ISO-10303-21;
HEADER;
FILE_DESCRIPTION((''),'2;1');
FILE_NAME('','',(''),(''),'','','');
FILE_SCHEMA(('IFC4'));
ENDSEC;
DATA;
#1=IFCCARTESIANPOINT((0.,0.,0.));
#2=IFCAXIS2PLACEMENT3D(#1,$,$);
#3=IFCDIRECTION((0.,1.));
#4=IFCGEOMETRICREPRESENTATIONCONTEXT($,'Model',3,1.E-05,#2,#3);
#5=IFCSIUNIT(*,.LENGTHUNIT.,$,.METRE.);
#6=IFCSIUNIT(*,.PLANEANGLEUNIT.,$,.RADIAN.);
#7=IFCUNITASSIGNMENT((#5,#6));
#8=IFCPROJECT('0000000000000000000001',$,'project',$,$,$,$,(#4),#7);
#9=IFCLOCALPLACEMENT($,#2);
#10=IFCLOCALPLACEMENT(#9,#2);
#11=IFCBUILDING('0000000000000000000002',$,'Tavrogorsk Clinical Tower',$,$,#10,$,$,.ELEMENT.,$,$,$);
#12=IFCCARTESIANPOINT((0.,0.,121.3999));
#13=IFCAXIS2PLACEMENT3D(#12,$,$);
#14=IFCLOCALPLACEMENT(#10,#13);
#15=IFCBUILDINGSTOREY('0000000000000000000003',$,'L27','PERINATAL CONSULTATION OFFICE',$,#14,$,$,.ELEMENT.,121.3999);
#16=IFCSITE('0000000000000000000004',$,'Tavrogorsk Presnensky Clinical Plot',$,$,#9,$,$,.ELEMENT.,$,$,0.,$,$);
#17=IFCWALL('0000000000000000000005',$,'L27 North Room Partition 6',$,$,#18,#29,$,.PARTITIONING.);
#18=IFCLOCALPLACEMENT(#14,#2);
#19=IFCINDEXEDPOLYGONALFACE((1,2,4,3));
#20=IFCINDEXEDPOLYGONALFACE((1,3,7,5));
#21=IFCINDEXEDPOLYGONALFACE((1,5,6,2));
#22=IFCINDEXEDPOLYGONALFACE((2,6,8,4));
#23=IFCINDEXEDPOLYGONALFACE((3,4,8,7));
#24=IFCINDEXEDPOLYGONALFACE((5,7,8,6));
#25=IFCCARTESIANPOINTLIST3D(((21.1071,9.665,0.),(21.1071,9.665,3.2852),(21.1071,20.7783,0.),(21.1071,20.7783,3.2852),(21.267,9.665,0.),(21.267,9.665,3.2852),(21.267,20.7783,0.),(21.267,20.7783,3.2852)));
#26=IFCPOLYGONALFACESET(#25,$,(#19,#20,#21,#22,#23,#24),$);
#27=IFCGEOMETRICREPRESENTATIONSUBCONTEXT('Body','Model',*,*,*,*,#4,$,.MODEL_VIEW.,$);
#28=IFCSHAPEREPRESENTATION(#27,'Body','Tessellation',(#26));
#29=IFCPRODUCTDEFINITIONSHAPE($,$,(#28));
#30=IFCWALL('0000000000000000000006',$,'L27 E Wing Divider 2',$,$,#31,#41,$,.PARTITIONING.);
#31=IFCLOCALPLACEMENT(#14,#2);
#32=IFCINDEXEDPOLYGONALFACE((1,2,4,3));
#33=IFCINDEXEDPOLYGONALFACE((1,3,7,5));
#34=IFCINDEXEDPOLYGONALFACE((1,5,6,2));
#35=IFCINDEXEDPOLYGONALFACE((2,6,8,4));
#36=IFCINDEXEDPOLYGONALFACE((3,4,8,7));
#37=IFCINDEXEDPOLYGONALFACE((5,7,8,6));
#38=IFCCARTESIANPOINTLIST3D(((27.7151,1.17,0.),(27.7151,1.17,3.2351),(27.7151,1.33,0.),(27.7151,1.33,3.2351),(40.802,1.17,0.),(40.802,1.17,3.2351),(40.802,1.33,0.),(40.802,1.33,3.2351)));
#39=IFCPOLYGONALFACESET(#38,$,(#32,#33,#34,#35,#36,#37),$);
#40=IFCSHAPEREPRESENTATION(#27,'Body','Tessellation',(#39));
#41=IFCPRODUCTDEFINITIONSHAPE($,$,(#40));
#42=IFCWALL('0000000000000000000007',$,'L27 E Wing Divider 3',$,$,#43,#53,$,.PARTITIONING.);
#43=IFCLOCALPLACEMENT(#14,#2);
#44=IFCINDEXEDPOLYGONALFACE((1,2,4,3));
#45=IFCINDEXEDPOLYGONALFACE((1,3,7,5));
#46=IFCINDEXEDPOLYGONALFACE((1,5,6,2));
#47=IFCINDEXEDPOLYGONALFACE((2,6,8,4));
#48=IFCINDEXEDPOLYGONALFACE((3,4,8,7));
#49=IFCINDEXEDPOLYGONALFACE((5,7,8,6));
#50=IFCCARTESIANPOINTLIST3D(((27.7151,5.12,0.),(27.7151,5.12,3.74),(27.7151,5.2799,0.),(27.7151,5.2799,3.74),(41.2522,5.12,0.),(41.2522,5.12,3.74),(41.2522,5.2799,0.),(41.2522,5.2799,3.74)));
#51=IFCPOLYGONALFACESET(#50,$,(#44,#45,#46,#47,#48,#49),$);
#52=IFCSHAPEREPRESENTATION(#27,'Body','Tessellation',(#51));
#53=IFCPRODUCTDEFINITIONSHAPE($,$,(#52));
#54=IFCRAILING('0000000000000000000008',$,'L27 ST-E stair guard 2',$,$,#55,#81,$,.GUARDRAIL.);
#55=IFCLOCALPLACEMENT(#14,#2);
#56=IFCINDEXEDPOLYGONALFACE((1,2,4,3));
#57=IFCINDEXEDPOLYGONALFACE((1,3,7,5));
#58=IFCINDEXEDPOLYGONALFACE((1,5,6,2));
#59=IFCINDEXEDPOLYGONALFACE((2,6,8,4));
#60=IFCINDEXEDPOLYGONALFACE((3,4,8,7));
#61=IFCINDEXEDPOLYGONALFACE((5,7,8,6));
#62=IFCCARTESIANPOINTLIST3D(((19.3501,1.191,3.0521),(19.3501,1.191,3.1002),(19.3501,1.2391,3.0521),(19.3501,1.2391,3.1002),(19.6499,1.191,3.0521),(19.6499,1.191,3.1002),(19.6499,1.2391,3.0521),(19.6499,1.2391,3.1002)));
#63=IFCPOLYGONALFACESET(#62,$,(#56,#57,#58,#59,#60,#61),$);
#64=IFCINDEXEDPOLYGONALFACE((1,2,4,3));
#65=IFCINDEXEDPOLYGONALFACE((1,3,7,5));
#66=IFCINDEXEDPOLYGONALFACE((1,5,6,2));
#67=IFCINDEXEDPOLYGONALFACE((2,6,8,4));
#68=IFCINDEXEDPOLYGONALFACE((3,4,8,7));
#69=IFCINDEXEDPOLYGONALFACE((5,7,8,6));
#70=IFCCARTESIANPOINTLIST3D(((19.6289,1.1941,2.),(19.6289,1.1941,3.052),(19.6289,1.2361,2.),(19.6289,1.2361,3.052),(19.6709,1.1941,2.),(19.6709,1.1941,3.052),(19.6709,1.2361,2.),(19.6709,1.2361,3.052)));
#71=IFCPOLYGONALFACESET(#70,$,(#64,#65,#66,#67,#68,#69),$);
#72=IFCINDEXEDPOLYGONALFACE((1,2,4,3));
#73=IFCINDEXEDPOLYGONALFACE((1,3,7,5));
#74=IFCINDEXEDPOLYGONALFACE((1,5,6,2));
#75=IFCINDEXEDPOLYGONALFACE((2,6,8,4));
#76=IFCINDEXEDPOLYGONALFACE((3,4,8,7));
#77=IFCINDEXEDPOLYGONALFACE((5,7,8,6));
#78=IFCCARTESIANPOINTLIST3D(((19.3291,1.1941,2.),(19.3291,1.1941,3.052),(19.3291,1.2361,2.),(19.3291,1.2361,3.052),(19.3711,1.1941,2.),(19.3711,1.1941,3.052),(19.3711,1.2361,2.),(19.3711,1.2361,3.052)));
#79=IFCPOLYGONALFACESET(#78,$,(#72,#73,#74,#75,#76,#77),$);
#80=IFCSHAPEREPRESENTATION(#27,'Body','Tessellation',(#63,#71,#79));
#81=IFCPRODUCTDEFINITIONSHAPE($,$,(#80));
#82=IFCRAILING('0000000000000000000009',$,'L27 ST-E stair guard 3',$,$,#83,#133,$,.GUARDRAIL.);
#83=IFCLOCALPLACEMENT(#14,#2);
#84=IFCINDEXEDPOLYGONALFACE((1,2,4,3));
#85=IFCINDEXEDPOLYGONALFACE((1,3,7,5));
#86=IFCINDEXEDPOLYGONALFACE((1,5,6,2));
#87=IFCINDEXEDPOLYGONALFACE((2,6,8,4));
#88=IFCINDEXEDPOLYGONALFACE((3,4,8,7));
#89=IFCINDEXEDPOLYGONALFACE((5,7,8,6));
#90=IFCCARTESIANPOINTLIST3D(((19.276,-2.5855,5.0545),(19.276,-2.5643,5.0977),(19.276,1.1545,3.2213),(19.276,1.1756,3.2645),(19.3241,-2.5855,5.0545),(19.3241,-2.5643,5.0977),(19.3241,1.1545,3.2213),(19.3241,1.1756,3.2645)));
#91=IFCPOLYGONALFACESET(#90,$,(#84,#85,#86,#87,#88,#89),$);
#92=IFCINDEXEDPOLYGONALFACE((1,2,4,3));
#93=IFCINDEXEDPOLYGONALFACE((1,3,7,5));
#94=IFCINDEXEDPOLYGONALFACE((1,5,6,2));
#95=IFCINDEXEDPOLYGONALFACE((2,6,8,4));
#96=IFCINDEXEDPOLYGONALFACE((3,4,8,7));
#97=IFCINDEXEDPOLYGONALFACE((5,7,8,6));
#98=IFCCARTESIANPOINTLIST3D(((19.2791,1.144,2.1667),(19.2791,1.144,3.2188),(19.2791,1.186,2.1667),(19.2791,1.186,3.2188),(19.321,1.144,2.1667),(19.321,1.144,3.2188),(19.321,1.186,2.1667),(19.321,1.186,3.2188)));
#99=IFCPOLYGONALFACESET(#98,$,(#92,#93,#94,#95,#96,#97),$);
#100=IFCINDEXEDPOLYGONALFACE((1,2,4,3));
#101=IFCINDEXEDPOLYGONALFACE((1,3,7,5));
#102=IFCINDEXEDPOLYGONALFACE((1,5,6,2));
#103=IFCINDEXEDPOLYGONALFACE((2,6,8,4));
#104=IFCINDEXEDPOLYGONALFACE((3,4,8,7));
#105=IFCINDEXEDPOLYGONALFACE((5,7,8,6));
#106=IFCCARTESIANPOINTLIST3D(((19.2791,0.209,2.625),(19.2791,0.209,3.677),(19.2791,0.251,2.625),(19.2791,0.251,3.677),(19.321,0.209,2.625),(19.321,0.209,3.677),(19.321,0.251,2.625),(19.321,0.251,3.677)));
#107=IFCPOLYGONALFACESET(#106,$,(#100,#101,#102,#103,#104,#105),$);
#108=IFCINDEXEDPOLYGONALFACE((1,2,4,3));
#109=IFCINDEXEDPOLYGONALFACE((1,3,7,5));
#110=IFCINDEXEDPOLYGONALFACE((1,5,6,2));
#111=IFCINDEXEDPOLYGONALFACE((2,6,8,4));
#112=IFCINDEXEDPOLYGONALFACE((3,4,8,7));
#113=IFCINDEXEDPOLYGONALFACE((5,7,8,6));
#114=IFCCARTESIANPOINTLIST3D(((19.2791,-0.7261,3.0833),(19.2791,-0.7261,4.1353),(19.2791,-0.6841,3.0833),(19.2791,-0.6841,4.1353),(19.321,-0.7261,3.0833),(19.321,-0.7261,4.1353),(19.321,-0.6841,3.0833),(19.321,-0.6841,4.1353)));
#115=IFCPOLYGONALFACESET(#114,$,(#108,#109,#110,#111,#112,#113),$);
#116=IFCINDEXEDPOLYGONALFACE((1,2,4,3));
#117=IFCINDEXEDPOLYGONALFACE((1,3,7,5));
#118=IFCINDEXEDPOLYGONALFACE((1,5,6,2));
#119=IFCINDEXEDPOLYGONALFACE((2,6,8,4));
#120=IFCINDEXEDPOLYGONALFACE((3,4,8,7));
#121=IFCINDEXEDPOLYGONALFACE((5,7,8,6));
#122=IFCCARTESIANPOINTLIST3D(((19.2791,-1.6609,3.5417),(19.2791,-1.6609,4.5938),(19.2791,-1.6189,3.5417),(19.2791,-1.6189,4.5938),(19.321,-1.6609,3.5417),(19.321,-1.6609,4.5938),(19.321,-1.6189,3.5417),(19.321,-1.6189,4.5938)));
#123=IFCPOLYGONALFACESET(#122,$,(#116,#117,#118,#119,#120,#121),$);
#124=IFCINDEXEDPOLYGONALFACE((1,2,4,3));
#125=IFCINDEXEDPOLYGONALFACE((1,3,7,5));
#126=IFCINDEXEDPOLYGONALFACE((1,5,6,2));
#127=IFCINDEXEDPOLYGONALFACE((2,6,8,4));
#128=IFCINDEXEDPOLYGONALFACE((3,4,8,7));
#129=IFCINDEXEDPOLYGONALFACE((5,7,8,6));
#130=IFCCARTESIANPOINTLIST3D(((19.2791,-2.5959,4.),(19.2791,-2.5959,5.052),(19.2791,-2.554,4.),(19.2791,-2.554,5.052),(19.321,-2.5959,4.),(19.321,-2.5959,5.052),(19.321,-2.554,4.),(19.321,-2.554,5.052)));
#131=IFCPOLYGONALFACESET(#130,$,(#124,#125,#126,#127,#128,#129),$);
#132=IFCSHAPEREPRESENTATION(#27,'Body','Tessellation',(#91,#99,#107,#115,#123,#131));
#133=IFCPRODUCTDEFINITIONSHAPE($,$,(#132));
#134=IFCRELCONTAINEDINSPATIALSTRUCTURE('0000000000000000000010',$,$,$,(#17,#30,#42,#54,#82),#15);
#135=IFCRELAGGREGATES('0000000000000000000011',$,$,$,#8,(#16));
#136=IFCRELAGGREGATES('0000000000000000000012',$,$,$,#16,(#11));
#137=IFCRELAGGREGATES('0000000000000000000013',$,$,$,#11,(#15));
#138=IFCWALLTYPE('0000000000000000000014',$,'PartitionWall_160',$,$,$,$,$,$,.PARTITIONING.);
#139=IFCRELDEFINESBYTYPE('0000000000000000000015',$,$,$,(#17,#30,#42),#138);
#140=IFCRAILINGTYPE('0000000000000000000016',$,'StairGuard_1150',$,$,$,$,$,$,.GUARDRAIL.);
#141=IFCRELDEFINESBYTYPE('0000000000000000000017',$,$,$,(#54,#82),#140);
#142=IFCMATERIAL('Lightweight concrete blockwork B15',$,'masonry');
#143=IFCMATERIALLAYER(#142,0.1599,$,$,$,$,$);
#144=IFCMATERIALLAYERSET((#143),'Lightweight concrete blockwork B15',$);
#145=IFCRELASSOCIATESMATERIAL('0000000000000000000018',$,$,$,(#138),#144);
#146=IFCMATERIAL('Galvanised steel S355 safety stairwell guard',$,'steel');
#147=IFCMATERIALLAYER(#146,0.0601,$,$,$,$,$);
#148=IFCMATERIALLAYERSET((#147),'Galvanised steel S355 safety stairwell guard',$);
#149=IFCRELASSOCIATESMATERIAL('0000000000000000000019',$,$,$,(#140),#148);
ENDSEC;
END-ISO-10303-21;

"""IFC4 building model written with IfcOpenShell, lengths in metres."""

from ifc_helpers import new_model, si_unit, direction, frame, frame_2d, origin, origin_2d, place, context, subcontext, project, spatial, rectangle, extrude, material, layer, layer_set, type_object, element, save


model = new_model("IFC4")

# Units and contexts
model_context = context("Model", 3, precision=1e-05, world=origin(), true_north=direction((0.0, 1.0)))
body_context = subcontext(model_context, "Body", "Model", "MODEL_VIEW")
ifc_project = project(units=[si_unit("LENGTHUNIT", "METRE"), si_unit("PLANEANGLEUNIT", "RADIAN")], contexts=[model_context])

# Site, building, storey
site_placement = place(None, origin())
site = spatial("IfcSite", under=ifc_project, at=site_placement, Name="Tavrogorsk Presnensky Clinical Plot", CompositionType="ELEMENT", RefElevation=0.0)
building_placement = place(site_placement, origin())
building = spatial("IfcBuilding", under=site, at=building_placement, Name="Tavrogorsk Clinical Tower", CompositionType="ELEMENT")
storey_placement = place(building_placement, frame((0.0, 0.0, 121.3999)))
storey = spatial("IfcBuildingStorey", under=building, at=storey_placement, Name="L27", Description="PERINATAL CONSULTATION OFFICE", CompositionType="ELEMENT", Elevation=121.3999)

# Shared definitions
ifc_material_1 = material(Name="Lightweight concrete blockwork B15", Category="masonry")
ifc_layer_1 = layer(ifc_material_1, 0.1599)
ifc_layer_set_1 = layer_set([ifc_layer_1], Name="Lightweight concrete blockwork B15")
wall_type = type_object("IfcWallType", Name="PartitionWall_160", PredefinedType="PARTITIONING", material=ifc_layer_set_1)

# Walls
wall_1_placement = place(storey_placement, frame((21.187, 9.665, 0.0), z_axis=(0.0, 0.0, 1.0), x_axis=(0.0, 1.0, 0.0)))
element("IfcWall", 1, at=wall_1_placement, inside=storey, type_object=wall_type, Name="L27 North Room Partition 6", PredefinedType="PARTITIONING", context=body_context, shape_type="SweptSolid", body=[
    extrude(rectangle(XDim=11.1133, YDim=0.1599, at=frame_2d((5.5566, 0.0))), origin(), (0.0, 0.0, 1.0), 3.2852),
])
wall_2_placement = place(storey_placement, frame((27.7151, 1.25, 0.0), z_axis=(0.0, 0.0, 1.0), x_axis=(1.0, 0.0, 0.0)))
element("IfcWall", 2, at=wall_2_placement, inside=storey, type_object=wall_type, Name="L27 E Wing Divider 2", PredefinedType="PARTITIONING", context=body_context, shape_type="SweptSolid", body=[
    extrude(rectangle(XDim=13.0869, YDim=0.1599, at=frame_2d((6.5435, 0.0))), origin(), (0.0, 0.0, 1.0), 3.2351),
])
wall_3_placement = place(storey_placement, frame((27.7151, 5.2, 0.0), z_axis=(0.0, 0.0, 1.0), x_axis=(1.0, 0.0, 0.0)))
element("IfcWall", 3, at=wall_3_placement, inside=storey, type_object=wall_type, Name="L27 E Wing Divider 3", PredefinedType="PARTITIONING", context=body_context, shape_type="SweptSolid", body=[
    extrude(rectangle(XDim=13.5371, YDim=0.1599, at=frame_2d((6.7686, 0.0))), origin(), (0.0, 0.0, 1.0), 3.74),
])

# Railings
ifc_material_2 = material(Name="Galvanised steel S355 safety stairwell guard", Category="steel")
ifc_layer_2 = layer(ifc_material_2, 0.0601)
ifc_layer_set_2 = layer_set([ifc_layer_2], Name="Galvanised steel S355 safety stairwell guard")
railing_type = type_object("IfcRailingType", Name="StairGuard_1150", PredefinedType="GUARDRAIL", material=ifc_layer_set_2)
railing_1_placement = place(storey_placement, frame((19.6499, 1.2151, 2.0)))
element("IfcRailing", 4, at=railing_1_placement, inside=storey, type_object=railing_type, Name="L27 ST-E stair guard 2", PredefinedType="GUARDRAIL", context=body_context, shape_type="SweptSolid", body=[
    extrude(rectangle(XDim=0.0481, YDim=0.0481, at=origin_2d()), frame((0.0, 0.0, 1.0762), z_axis=(-1.0, 0.0, 0.0), x_axis=(0.0, -1.0, 0.0)), (0.0, 0.0, 1.0), 0.2998),
    extrude(rectangle(XDim=0.042, YDim=0.042, at=origin_2d()), origin(), (0.0, 0.0, 1.0), 1.052),
    extrude(rectangle(XDim=0.042, YDim=0.042, at=origin_2d()), frame((-0.2998, 0.0, 0.0)), (0.0, 0.0, 1.0), 1.052),
])
railing_2_placement = place(storey_placement, frame((19.3, 1.165, 2.1667)))
element("IfcRailing", 5, at=railing_2_placement, inside=storey, type_object=railing_type, Name="L27 ST-E stair guard 3", PredefinedType="GUARDRAIL", context=body_context, shape_type="SweptSolid", body=[
    extrude(rectangle(XDim=0.0481, YDim=0.0481, at=origin_2d()), frame((0.0, 0.0, 1.0762), z_axis=(0.0, -0.897928, 0.440142), x_axis=(1.0, 0.0, 0.0)), (0.0, 0.0, 1.0), 4.165),
    extrude(rectangle(XDim=0.042, YDim=0.042, at=origin_2d()), origin(), (0.0, 0.0, 1.0), 1.052),
    extrude(rectangle(XDim=0.042, YDim=0.042, at=origin_2d()), frame((0.0, -0.9351, 0.4583)), (0.0, 0.0, 1.0), 1.052),
    extrude(rectangle(XDim=0.042, YDim=0.042, at=origin_2d()), frame((0.0, -1.8701, 0.9165)), (0.0, 0.0, 1.0), 1.052),
    extrude(rectangle(XDim=0.042, YDim=0.042, at=origin_2d()), frame((0.0, -2.8049, 1.375)), (0.0, 0.0, 1.0), 1.052),
    extrude(rectangle(XDim=0.042, YDim=0.042, at=origin_2d()), frame((0.0, -3.74, 1.8333)), (0.0, 0.0, 1.0), 1.052),
])

save(model, "model.ifc")
